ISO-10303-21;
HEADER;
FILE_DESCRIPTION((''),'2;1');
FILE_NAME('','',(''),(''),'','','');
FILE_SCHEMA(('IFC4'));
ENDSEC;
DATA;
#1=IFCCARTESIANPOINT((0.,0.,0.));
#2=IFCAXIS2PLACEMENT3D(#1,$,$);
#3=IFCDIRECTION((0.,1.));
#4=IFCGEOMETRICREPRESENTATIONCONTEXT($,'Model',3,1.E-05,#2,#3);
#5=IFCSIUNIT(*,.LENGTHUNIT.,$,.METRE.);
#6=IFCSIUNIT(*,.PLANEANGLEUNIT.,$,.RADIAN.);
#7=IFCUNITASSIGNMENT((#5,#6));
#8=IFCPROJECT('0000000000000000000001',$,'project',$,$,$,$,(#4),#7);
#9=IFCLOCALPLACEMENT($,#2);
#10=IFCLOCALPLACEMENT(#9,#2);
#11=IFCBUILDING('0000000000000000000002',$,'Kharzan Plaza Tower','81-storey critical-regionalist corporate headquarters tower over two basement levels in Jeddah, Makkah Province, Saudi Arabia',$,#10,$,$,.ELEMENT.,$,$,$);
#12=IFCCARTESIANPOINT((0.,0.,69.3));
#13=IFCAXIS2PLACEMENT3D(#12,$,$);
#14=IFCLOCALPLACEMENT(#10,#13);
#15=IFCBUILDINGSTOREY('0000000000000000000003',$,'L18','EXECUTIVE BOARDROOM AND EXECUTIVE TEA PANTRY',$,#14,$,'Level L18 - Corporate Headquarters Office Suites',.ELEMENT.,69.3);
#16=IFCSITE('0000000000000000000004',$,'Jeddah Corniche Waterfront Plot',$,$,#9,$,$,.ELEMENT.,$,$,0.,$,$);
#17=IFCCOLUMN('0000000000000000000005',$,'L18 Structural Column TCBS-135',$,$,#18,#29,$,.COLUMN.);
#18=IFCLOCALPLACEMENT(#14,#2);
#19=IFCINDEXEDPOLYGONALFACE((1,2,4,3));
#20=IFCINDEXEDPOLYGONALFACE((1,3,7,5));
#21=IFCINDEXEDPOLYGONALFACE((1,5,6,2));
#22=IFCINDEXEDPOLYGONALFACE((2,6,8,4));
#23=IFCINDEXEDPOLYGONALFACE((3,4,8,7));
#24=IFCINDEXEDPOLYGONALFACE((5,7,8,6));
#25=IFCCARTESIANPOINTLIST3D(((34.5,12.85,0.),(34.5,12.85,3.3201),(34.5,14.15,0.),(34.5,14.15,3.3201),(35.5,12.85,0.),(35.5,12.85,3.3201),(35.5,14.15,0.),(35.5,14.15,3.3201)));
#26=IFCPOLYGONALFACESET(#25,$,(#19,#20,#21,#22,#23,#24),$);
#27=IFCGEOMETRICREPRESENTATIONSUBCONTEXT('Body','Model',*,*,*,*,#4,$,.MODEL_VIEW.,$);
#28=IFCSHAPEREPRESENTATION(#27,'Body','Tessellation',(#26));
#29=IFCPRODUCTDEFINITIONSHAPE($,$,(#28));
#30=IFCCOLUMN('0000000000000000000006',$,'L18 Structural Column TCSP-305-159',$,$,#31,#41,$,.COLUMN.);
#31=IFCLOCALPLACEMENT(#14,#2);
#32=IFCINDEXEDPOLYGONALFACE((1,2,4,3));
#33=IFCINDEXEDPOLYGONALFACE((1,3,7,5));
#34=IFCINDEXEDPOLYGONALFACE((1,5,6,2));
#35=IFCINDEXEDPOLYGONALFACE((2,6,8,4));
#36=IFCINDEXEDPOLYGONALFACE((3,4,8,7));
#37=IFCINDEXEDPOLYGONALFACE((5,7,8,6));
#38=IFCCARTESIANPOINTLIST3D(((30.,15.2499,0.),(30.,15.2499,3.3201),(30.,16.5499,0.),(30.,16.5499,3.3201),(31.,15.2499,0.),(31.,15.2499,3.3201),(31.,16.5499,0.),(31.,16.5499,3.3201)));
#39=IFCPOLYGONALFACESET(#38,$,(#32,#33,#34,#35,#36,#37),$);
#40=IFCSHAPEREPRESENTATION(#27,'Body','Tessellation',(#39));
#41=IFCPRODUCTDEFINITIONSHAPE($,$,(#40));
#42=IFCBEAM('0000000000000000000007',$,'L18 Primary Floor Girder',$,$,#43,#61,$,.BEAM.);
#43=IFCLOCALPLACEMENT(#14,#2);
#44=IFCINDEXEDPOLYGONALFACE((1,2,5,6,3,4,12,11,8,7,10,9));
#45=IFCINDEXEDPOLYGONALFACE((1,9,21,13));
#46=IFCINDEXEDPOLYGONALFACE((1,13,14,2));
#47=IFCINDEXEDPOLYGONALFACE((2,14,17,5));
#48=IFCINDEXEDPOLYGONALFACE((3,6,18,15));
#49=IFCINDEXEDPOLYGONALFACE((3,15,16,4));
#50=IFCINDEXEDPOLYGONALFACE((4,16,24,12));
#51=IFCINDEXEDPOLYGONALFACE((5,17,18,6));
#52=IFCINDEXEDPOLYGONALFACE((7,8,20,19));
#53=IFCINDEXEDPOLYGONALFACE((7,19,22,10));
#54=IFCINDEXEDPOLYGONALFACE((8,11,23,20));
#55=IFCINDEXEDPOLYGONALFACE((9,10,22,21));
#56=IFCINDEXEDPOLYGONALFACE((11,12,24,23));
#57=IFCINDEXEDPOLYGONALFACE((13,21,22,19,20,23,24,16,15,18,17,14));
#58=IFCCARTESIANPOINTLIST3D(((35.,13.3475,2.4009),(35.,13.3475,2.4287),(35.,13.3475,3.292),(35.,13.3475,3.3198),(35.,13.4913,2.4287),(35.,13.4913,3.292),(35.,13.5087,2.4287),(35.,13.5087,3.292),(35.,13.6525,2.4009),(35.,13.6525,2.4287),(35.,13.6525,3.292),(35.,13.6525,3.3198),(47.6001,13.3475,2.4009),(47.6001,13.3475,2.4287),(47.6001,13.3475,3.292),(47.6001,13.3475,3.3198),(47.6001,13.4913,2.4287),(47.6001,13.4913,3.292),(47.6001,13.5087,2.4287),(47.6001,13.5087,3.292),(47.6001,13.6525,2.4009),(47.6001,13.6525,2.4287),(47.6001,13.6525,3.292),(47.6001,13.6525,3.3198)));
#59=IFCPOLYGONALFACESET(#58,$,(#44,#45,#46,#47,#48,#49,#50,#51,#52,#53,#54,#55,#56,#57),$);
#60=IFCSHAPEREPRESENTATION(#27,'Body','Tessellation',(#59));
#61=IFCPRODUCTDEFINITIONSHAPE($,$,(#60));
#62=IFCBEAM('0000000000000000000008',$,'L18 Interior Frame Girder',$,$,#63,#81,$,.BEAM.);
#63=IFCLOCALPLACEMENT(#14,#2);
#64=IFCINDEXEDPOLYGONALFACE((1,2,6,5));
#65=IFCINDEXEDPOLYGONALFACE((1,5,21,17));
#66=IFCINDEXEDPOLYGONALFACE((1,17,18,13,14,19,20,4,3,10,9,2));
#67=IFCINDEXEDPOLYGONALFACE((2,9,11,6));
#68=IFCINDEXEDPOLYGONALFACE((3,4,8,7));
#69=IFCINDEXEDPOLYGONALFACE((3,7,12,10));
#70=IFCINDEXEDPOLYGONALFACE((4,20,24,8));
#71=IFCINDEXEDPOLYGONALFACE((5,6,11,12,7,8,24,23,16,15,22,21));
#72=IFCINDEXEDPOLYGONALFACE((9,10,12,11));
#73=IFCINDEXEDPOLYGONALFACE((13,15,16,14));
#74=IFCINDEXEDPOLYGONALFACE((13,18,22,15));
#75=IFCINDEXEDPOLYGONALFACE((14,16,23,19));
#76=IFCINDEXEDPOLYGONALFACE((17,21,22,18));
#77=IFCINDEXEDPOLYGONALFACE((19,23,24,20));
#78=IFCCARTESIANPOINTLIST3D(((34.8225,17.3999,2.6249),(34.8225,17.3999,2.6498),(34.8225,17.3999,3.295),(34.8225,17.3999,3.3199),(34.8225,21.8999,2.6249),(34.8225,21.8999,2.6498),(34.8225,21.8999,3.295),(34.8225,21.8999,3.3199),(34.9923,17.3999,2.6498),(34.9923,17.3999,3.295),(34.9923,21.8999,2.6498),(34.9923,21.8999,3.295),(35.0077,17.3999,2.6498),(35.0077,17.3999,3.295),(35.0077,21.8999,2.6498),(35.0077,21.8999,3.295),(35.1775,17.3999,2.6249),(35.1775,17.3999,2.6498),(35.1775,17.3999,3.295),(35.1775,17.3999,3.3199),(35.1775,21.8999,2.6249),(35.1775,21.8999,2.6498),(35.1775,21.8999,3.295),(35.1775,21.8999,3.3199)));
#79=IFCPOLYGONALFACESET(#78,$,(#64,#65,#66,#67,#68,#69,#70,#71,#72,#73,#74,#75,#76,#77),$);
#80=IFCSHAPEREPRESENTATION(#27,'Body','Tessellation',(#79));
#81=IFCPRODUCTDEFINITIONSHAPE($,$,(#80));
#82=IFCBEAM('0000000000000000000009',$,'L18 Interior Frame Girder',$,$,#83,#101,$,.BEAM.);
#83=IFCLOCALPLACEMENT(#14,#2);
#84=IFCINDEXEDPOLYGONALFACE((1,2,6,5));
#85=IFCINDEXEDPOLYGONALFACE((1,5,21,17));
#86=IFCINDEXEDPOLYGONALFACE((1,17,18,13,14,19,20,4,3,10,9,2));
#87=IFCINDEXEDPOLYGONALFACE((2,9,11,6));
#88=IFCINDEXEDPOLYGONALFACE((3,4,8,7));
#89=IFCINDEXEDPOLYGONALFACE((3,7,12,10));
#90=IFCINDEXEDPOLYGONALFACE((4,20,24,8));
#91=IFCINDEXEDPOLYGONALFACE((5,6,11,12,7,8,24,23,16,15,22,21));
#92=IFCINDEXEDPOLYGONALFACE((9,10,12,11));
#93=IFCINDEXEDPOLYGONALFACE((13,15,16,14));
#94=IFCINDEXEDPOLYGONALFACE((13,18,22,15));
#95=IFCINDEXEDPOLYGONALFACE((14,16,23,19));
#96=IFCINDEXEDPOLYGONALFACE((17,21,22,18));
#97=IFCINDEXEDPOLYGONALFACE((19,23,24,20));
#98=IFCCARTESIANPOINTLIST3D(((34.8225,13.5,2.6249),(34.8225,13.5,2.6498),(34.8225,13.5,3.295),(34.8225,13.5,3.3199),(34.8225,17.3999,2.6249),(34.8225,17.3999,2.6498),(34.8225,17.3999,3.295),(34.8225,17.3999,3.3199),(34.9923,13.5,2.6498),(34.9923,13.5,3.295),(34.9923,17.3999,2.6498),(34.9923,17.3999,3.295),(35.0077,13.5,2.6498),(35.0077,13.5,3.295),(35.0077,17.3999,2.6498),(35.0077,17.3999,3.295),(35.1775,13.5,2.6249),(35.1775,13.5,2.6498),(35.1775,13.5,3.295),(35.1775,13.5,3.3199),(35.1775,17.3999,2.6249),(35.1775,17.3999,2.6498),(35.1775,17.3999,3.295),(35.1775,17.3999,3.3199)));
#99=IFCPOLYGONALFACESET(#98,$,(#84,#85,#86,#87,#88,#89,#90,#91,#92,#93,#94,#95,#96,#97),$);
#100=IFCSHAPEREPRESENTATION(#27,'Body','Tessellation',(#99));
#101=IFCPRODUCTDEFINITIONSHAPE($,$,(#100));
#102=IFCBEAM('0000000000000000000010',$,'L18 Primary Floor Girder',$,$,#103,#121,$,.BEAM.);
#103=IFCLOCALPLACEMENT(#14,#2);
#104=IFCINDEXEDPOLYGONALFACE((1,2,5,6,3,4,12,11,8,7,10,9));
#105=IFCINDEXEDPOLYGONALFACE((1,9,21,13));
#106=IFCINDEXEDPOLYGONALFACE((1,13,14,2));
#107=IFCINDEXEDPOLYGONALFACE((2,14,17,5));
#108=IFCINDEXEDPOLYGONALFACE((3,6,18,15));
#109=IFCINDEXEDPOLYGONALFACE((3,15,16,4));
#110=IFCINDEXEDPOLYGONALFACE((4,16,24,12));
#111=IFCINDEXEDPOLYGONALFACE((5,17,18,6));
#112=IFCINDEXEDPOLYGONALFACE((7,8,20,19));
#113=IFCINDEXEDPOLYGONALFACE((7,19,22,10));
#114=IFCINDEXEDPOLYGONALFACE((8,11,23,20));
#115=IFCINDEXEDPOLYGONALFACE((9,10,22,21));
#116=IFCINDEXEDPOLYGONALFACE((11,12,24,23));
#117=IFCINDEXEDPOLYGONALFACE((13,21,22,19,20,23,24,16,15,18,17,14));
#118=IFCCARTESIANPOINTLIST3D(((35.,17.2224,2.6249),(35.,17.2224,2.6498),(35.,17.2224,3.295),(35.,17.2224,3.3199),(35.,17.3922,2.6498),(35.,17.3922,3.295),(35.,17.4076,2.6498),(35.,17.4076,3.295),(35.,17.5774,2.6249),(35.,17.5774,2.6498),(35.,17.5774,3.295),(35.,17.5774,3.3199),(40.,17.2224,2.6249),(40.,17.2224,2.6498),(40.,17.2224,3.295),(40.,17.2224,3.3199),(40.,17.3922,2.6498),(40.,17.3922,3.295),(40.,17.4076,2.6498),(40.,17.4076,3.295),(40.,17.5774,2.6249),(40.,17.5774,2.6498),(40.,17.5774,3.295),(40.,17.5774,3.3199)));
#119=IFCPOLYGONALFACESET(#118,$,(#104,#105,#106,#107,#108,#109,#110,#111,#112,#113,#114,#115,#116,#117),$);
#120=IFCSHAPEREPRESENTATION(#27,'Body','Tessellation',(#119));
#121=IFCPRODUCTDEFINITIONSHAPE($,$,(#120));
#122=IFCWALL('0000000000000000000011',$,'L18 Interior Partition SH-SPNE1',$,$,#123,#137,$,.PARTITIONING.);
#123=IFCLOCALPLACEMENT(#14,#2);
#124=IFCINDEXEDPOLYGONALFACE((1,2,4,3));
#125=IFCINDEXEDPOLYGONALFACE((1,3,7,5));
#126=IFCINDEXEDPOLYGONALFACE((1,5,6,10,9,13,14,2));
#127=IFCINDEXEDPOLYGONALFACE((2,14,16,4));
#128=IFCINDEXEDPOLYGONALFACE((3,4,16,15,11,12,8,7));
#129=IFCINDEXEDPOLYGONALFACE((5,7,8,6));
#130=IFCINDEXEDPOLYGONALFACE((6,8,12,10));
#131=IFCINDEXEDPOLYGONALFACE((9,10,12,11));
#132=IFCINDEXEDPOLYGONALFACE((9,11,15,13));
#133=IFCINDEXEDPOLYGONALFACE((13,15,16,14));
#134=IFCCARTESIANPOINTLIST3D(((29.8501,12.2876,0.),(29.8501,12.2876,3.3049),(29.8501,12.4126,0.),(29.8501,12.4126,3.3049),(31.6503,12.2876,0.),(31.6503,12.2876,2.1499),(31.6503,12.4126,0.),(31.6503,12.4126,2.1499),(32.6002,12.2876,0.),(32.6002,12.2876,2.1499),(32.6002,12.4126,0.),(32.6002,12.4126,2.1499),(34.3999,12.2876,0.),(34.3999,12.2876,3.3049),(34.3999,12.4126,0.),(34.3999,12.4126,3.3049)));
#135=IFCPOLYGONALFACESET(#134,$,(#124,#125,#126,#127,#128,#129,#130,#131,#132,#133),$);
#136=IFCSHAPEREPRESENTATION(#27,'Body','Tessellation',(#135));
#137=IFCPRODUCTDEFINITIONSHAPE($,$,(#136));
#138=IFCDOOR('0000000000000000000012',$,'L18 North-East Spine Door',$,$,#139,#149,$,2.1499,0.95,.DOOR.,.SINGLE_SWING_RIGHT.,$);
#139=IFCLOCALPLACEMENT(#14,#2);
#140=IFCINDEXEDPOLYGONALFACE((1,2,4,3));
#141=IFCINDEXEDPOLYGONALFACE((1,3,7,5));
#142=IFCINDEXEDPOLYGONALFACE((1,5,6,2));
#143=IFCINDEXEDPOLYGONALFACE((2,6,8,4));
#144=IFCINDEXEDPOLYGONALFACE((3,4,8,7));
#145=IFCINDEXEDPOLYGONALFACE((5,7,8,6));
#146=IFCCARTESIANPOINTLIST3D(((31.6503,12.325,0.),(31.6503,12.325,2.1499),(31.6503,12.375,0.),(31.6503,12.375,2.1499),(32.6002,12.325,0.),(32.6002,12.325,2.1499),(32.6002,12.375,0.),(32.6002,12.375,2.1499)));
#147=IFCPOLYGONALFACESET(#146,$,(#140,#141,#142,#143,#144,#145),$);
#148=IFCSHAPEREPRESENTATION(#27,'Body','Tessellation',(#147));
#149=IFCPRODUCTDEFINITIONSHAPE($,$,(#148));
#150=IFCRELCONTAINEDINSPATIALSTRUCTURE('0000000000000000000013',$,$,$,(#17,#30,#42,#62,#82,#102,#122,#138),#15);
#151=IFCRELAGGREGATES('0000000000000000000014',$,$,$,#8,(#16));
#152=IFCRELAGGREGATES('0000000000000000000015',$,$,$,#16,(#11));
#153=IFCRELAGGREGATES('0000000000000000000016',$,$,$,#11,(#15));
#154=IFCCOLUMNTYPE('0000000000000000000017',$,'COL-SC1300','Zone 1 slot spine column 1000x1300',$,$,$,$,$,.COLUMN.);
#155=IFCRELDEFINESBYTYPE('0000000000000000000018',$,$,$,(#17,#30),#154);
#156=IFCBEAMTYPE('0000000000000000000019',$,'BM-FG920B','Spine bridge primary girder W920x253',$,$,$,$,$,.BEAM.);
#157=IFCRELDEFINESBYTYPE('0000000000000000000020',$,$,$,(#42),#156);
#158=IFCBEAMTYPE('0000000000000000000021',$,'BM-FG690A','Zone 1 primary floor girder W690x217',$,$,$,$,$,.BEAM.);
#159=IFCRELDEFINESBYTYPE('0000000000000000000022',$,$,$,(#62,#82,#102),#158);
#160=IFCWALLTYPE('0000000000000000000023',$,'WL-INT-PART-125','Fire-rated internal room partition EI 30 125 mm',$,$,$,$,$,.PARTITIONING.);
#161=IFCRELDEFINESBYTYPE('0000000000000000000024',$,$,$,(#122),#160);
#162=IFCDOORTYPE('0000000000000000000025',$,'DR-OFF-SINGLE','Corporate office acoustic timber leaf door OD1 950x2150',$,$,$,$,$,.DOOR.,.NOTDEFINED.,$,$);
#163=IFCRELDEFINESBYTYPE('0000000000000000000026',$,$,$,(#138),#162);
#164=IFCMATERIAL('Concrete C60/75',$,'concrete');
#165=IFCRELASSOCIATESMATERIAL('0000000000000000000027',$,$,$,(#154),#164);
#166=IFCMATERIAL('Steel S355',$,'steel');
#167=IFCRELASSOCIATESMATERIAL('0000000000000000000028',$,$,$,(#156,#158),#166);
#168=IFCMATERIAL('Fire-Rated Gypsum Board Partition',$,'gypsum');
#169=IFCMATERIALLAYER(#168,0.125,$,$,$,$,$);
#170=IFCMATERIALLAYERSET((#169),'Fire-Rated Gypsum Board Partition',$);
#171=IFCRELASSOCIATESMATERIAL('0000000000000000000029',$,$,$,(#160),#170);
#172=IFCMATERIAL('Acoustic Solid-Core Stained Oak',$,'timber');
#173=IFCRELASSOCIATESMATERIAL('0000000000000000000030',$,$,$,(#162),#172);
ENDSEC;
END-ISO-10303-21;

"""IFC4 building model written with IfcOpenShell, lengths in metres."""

from ifc_helpers import new_model, si_unit, direction, frame, frame_2d, origin, origin_2d, place, context, subcontext, project, spatial, rectangle, i_section, extrude, source, transform, mapped, material, layer, layer_set, material_profile, profile_set, type_object, element, fill, save


model = new_model("IFC4")

# Units and contexts
model_context = context("Model", 3, precision=1e-05, world=origin(), true_north=direction((0.0, 1.0)))
body_context = subcontext(model_context, "Body", "Model", "MODEL_VIEW")
ifc_project = project(units=[si_unit("LENGTHUNIT", "METRE"), si_unit("PLANEANGLEUNIT", "RADIAN")], contexts=[model_context])

# Site, building, storey
site_placement = place(None, origin())
site = spatial("IfcSite", under=ifc_project, at=site_placement, Name="Jeddah Corniche Waterfront Plot", CompositionType="ELEMENT", RefElevation=0.0)
building_placement = place(site_placement, origin())
building = spatial("IfcBuilding", under=site, at=building_placement, Name="Kharzan Plaza Tower", Description="81-storey critical-regionalist corporate headquarters tower over two basement levels in Jeddah, Makkah Province, Saudi Arabia", CompositionType="ELEMENT")
storey_placement = place(building_placement, frame((0.0, 0.0, 69.3)))
storey = spatial("IfcBuildingStorey", under=building, at=storey_placement, Name="L18", Description="EXECUTIVE BOARDROOM AND EXECUTIVE TEA PANTRY", LongName="Level L18 - Corporate Headquarters Office Suites", CompositionType="ELEMENT", Elevation=69.3)

# Columns
ifc_material_1 = material(Name="Concrete C60/75", Category="concrete")
ifc_material_profile_1 = material_profile(ifc_material_1, rectangle(XDim=1.0, YDim=1.3, at=origin_2d()), Name="RC-SC1300x1000")
ifc_profile_set_1 = profile_set([ifc_material_profile_1], Name="Concrete C60/75")
column_type = type_object("IfcColumnType", Name="COL-SC1300", Description="Zone 1 slot spine column 1000x1300", PredefinedType="COLUMN", material=ifc_profile_set_1)
shared_shape_1 = source(origin(), body_context, "Body", "SweptSolid", [
    extrude(rectangle(XDim=1.0, YDim=1.3, at=origin_2d()), origin(), (0.0, 0.0, 1.0), 3.3201),
])
for number, where, z_axis, x_axis, name in (
    (1, (35.0, 13.5, 0.0), (0.0, 0.0, 1.0), (1.0, 0.0, 0.0), "L18 Structural Column TCBS-135"),
    (2, (30.5, 15.8999, 0.0), (0.0, 0.0, 1.0), (1.0, 0.0, 0.0), "L18 Structural Column TCSP-305-159"),
):
    element("IfcColumn", number, at=place(storey_placement, frame(where, z_axis=z_axis, x_axis=x_axis)), inside=storey, type_object=column_type, Name=name, PredefinedType="COLUMN", context=body_context, shape_type="MappedRepresentation", body=[
        mapped(shared_shape_1, transform((0.0, 0.0, 0.0), x_axis=(1.0, 0.0, 0.0), y_axis=(0.0, 1.0, 0.0), z_axis=(0.0, 0.0, 1.0))),
    ])

# Beams
ifc_material_2 = material(Name="Steel S355", Category="steel")
ifc_material_profile_2 = material_profile(ifc_material_2, i_section(OverallWidth=0.3049, OverallDepth=0.9189, WebThickness=0.0173, FlangeThickness=0.0278, at=origin_2d()), Name="W920x253")
ifc_profile_set_2 = profile_set([ifc_material_profile_2], Name="Steel S355")
beam_type_1 = type_object("IfcBeamType", Name="BM-FG920B", Description="Spine bridge primary girder W920x253", PredefinedType="BEAM", material=ifc_profile_set_2)
shared_shape_2 = source(origin(), body_context, "Body", "SweptSolid", [
    extrude(i_section(OverallWidth=0.3049, OverallDepth=0.9189, WebThickness=0.0173, FlangeThickness=0.0278, at=origin_2d()), origin(), (0.0, 0.0, 1.0), 12.6001),
])
beam_1_placement = place(storey_placement, frame((35.0, 13.5, 2.8604), z_axis=(1.0, 0.0, 0.0), x_axis=(0.0, 1.0, 0.0)))
element("IfcBeam", 3, at=beam_1_placement, inside=storey, type_object=beam_type_1, Name="L18 Primary Floor Girder", PredefinedType="BEAM", context=body_context, shape_type="MappedRepresentation", body=[
    mapped(shared_shape_2, transform((0.0, 0.0, 0.0), x_axis=(1.0, 0.0, 0.0), y_axis=(0.0, 1.0, 0.0), z_axis=(0.0, 0.0, 1.0))),
])
ifc_material_profile_3 = material_profile(ifc_material_2, i_section(OverallWidth=0.355, OverallDepth=0.6951, WebThickness=0.0154, FlangeThickness=0.0249, at=origin_2d()), Name="W690x217")
ifc_profile_set_3 = profile_set([ifc_material_profile_3], Name="Steel S355")
beam_type_2 = type_object("IfcBeamType", Name="BM-FG690A", Description="Zone 1 primary floor girder W690x217", PredefinedType="BEAM", material=ifc_profile_set_3)
shared_shape_3 = source(origin(), body_context, "Body", "SweptSolid", [
    extrude(i_section(OverallWidth=0.355, OverallDepth=0.6951, WebThickness=0.0154, FlangeThickness=0.0249, at=origin_2d()), origin(), (0.0, 0.0, 1.0), 4.5),
])
beam_2_placement = place(storey_placement, frame((35.0, 17.3999, 2.9724), z_axis=(0.0, 1.0, 0.0), x_axis=(-1.0, 0.0, 0.0)))
element("IfcBeam", 4, at=beam_2_placement, inside=storey, type_object=beam_type_2, Name="L18 Interior Frame Girder", PredefinedType="BEAM", context=body_context, shape_type="MappedRepresentation", body=[
    mapped(shared_shape_3, transform((0.0, 0.0, 0.0), x_axis=(1.0, 0.0, 0.0), y_axis=(0.0, 1.0, 0.0), z_axis=(0.0, 0.0, 1.0))),
])
shared_shape_4 = source(origin(), body_context, "Body", "SweptSolid", [
    extrude(i_section(OverallWidth=0.355, OverallDepth=0.6951, WebThickness=0.0154, FlangeThickness=0.0249, at=origin_2d()), origin(), (0.0, 0.0, 1.0), 3.8999),
])
beam_3_placement = place(storey_placement, frame((35.0, 13.5, 2.9724), z_axis=(0.0, 1.0, 0.0), x_axis=(-1.0, 0.0, 0.0)))
element("IfcBeam", 5, at=beam_3_placement, inside=storey, type_object=beam_type_2, Name="L18 Interior Frame Girder", PredefinedType="BEAM", context=body_context, shape_type="MappedRepresentation", body=[
    mapped(shared_shape_4, transform((0.0, 0.0, 0.0), x_axis=(1.0, 0.0, 0.0), y_axis=(0.0, 1.0, 0.0), z_axis=(0.0, 0.0, 1.0))),
])
shared_shape_5 = source(origin(), body_context, "Body", "SweptSolid", [
    extrude(i_section(OverallWidth=0.355, OverallDepth=0.6951, WebThickness=0.0154, FlangeThickness=0.0249, at=origin_2d()), origin(), (0.0, 0.0, 1.0), 5.0),
])
beam_4_placement = place(storey_placement, frame((35.0, 17.3999, 2.9724), z_axis=(1.0, 0.0, 0.0), x_axis=(0.0, 1.0, 0.0)))
element("IfcBeam", 6, at=beam_4_placement, inside=storey, type_object=beam_type_2, Name="L18 Primary Floor Girder", PredefinedType="BEAM", context=body_context, shape_type="MappedRepresentation", body=[
    mapped(shared_shape_5, transform((0.0, 0.0, 0.0), x_axis=(1.0, 0.0, 0.0), y_axis=(0.0, 1.0, 0.0), z_axis=(0.0, 0.0, 1.0))),
])

# Wall, opening, door
ifc_material_3 = material(Name="Fire-Rated Gypsum Board Partition", Category="gypsum")
ifc_layer_1 = layer(ifc_material_3, 0.125)
ifc_layer_set_1 = layer_set([ifc_layer_1], Name="Fire-Rated Gypsum Board Partition")
wall_type_1 = type_object("IfcWallType", Name="WL-INT-PART-125", Description="Fire-rated internal room partition EI 30 125 mm", PredefinedType="PARTITIONING", material=ifc_layer_set_1)
wall_1_placement = place(storey_placement, frame((29.8501, 12.3501, 0.0), z_axis=(0.0, 0.0, 1.0), x_axis=(1.0, 0.0, 0.0)))
wall_1 = element("IfcWall", 7, at=wall_1_placement, inside=storey, type_object=wall_type_1, Name="L18 Interior Partition SH-SPNE1", PredefinedType="PARTITIONING", context=body_context, shape_type="SweptSolid", body=[
    extrude(rectangle(XDim=4.5498, YDim=0.125, at=frame_2d((2.2749, 0.0))), origin(), (0.0, 0.0, 1.0), 3.3049),
])
opening_1_placement = place(wall_1_placement, frame((1.8, 0.0, 0.0)))
opening_1 = element("IfcOpeningElement", 8, at=opening_1_placement, cuts=wall_1, PredefinedType="OPENING", context=body_context, shape_type="SweptSolid", body=[
    extrude(rectangle(XDim=0.95, YDim=2.1499, at=frame_2d((0.4751, 1.075))), frame((0.0, 0.0725, 0.0), z_axis=(0.0, -1.0, 0.0), x_axis=(1.0, 0.0, 0.0)), (0.0, 0.0, 1.0), 0.145),
])
ifc_material_4 = material(Name="Acoustic Solid-Core Stained Oak", Category="timber")
door_type_1 = type_object("IfcDoorType", Name="DR-OFF-SINGLE", Description="Corporate office acoustic timber leaf door OD1 950x2150", OperationType="NOTDEFINED", PredefinedType="DOOR", material=ifc_material_4)
shared_shape_6 = source(origin(), body_context, "Body", "SweptSolid", [
    extrude(rectangle(XDim=0.95, YDim=2.1499, at=frame_2d((0.4751, 1.075))), frame((0.0, 0.0249, 0.0), z_axis=(0.0, -1.0, 0.0), x_axis=(1.0, 0.0, 0.0)), (0.0, 0.0, 1.0), 0.05),
])
door_1_placement = place(opening_1_placement, origin())
door_1 = element("IfcDoor", 9, at=door_1_placement, inside=storey, type_object=door_type_1, Name="L18 North-East Spine Door", OperationType="SINGLE_SWING_RIGHT", OverallHeight=2.1499, OverallWidth=0.95, PredefinedType="DOOR", context=body_context, shape_type="MappedRepresentation", body=[
    mapped(shared_shape_6, transform((0.0, 0.0, 0.0), x_axis=(1.0, 0.0, 0.0), y_axis=(0.0, 1.0, 0.0), z_axis=(0.0, 0.0, 1.0))),
])
fill(opening_1, door_1)

save(model, "model.ifc")
